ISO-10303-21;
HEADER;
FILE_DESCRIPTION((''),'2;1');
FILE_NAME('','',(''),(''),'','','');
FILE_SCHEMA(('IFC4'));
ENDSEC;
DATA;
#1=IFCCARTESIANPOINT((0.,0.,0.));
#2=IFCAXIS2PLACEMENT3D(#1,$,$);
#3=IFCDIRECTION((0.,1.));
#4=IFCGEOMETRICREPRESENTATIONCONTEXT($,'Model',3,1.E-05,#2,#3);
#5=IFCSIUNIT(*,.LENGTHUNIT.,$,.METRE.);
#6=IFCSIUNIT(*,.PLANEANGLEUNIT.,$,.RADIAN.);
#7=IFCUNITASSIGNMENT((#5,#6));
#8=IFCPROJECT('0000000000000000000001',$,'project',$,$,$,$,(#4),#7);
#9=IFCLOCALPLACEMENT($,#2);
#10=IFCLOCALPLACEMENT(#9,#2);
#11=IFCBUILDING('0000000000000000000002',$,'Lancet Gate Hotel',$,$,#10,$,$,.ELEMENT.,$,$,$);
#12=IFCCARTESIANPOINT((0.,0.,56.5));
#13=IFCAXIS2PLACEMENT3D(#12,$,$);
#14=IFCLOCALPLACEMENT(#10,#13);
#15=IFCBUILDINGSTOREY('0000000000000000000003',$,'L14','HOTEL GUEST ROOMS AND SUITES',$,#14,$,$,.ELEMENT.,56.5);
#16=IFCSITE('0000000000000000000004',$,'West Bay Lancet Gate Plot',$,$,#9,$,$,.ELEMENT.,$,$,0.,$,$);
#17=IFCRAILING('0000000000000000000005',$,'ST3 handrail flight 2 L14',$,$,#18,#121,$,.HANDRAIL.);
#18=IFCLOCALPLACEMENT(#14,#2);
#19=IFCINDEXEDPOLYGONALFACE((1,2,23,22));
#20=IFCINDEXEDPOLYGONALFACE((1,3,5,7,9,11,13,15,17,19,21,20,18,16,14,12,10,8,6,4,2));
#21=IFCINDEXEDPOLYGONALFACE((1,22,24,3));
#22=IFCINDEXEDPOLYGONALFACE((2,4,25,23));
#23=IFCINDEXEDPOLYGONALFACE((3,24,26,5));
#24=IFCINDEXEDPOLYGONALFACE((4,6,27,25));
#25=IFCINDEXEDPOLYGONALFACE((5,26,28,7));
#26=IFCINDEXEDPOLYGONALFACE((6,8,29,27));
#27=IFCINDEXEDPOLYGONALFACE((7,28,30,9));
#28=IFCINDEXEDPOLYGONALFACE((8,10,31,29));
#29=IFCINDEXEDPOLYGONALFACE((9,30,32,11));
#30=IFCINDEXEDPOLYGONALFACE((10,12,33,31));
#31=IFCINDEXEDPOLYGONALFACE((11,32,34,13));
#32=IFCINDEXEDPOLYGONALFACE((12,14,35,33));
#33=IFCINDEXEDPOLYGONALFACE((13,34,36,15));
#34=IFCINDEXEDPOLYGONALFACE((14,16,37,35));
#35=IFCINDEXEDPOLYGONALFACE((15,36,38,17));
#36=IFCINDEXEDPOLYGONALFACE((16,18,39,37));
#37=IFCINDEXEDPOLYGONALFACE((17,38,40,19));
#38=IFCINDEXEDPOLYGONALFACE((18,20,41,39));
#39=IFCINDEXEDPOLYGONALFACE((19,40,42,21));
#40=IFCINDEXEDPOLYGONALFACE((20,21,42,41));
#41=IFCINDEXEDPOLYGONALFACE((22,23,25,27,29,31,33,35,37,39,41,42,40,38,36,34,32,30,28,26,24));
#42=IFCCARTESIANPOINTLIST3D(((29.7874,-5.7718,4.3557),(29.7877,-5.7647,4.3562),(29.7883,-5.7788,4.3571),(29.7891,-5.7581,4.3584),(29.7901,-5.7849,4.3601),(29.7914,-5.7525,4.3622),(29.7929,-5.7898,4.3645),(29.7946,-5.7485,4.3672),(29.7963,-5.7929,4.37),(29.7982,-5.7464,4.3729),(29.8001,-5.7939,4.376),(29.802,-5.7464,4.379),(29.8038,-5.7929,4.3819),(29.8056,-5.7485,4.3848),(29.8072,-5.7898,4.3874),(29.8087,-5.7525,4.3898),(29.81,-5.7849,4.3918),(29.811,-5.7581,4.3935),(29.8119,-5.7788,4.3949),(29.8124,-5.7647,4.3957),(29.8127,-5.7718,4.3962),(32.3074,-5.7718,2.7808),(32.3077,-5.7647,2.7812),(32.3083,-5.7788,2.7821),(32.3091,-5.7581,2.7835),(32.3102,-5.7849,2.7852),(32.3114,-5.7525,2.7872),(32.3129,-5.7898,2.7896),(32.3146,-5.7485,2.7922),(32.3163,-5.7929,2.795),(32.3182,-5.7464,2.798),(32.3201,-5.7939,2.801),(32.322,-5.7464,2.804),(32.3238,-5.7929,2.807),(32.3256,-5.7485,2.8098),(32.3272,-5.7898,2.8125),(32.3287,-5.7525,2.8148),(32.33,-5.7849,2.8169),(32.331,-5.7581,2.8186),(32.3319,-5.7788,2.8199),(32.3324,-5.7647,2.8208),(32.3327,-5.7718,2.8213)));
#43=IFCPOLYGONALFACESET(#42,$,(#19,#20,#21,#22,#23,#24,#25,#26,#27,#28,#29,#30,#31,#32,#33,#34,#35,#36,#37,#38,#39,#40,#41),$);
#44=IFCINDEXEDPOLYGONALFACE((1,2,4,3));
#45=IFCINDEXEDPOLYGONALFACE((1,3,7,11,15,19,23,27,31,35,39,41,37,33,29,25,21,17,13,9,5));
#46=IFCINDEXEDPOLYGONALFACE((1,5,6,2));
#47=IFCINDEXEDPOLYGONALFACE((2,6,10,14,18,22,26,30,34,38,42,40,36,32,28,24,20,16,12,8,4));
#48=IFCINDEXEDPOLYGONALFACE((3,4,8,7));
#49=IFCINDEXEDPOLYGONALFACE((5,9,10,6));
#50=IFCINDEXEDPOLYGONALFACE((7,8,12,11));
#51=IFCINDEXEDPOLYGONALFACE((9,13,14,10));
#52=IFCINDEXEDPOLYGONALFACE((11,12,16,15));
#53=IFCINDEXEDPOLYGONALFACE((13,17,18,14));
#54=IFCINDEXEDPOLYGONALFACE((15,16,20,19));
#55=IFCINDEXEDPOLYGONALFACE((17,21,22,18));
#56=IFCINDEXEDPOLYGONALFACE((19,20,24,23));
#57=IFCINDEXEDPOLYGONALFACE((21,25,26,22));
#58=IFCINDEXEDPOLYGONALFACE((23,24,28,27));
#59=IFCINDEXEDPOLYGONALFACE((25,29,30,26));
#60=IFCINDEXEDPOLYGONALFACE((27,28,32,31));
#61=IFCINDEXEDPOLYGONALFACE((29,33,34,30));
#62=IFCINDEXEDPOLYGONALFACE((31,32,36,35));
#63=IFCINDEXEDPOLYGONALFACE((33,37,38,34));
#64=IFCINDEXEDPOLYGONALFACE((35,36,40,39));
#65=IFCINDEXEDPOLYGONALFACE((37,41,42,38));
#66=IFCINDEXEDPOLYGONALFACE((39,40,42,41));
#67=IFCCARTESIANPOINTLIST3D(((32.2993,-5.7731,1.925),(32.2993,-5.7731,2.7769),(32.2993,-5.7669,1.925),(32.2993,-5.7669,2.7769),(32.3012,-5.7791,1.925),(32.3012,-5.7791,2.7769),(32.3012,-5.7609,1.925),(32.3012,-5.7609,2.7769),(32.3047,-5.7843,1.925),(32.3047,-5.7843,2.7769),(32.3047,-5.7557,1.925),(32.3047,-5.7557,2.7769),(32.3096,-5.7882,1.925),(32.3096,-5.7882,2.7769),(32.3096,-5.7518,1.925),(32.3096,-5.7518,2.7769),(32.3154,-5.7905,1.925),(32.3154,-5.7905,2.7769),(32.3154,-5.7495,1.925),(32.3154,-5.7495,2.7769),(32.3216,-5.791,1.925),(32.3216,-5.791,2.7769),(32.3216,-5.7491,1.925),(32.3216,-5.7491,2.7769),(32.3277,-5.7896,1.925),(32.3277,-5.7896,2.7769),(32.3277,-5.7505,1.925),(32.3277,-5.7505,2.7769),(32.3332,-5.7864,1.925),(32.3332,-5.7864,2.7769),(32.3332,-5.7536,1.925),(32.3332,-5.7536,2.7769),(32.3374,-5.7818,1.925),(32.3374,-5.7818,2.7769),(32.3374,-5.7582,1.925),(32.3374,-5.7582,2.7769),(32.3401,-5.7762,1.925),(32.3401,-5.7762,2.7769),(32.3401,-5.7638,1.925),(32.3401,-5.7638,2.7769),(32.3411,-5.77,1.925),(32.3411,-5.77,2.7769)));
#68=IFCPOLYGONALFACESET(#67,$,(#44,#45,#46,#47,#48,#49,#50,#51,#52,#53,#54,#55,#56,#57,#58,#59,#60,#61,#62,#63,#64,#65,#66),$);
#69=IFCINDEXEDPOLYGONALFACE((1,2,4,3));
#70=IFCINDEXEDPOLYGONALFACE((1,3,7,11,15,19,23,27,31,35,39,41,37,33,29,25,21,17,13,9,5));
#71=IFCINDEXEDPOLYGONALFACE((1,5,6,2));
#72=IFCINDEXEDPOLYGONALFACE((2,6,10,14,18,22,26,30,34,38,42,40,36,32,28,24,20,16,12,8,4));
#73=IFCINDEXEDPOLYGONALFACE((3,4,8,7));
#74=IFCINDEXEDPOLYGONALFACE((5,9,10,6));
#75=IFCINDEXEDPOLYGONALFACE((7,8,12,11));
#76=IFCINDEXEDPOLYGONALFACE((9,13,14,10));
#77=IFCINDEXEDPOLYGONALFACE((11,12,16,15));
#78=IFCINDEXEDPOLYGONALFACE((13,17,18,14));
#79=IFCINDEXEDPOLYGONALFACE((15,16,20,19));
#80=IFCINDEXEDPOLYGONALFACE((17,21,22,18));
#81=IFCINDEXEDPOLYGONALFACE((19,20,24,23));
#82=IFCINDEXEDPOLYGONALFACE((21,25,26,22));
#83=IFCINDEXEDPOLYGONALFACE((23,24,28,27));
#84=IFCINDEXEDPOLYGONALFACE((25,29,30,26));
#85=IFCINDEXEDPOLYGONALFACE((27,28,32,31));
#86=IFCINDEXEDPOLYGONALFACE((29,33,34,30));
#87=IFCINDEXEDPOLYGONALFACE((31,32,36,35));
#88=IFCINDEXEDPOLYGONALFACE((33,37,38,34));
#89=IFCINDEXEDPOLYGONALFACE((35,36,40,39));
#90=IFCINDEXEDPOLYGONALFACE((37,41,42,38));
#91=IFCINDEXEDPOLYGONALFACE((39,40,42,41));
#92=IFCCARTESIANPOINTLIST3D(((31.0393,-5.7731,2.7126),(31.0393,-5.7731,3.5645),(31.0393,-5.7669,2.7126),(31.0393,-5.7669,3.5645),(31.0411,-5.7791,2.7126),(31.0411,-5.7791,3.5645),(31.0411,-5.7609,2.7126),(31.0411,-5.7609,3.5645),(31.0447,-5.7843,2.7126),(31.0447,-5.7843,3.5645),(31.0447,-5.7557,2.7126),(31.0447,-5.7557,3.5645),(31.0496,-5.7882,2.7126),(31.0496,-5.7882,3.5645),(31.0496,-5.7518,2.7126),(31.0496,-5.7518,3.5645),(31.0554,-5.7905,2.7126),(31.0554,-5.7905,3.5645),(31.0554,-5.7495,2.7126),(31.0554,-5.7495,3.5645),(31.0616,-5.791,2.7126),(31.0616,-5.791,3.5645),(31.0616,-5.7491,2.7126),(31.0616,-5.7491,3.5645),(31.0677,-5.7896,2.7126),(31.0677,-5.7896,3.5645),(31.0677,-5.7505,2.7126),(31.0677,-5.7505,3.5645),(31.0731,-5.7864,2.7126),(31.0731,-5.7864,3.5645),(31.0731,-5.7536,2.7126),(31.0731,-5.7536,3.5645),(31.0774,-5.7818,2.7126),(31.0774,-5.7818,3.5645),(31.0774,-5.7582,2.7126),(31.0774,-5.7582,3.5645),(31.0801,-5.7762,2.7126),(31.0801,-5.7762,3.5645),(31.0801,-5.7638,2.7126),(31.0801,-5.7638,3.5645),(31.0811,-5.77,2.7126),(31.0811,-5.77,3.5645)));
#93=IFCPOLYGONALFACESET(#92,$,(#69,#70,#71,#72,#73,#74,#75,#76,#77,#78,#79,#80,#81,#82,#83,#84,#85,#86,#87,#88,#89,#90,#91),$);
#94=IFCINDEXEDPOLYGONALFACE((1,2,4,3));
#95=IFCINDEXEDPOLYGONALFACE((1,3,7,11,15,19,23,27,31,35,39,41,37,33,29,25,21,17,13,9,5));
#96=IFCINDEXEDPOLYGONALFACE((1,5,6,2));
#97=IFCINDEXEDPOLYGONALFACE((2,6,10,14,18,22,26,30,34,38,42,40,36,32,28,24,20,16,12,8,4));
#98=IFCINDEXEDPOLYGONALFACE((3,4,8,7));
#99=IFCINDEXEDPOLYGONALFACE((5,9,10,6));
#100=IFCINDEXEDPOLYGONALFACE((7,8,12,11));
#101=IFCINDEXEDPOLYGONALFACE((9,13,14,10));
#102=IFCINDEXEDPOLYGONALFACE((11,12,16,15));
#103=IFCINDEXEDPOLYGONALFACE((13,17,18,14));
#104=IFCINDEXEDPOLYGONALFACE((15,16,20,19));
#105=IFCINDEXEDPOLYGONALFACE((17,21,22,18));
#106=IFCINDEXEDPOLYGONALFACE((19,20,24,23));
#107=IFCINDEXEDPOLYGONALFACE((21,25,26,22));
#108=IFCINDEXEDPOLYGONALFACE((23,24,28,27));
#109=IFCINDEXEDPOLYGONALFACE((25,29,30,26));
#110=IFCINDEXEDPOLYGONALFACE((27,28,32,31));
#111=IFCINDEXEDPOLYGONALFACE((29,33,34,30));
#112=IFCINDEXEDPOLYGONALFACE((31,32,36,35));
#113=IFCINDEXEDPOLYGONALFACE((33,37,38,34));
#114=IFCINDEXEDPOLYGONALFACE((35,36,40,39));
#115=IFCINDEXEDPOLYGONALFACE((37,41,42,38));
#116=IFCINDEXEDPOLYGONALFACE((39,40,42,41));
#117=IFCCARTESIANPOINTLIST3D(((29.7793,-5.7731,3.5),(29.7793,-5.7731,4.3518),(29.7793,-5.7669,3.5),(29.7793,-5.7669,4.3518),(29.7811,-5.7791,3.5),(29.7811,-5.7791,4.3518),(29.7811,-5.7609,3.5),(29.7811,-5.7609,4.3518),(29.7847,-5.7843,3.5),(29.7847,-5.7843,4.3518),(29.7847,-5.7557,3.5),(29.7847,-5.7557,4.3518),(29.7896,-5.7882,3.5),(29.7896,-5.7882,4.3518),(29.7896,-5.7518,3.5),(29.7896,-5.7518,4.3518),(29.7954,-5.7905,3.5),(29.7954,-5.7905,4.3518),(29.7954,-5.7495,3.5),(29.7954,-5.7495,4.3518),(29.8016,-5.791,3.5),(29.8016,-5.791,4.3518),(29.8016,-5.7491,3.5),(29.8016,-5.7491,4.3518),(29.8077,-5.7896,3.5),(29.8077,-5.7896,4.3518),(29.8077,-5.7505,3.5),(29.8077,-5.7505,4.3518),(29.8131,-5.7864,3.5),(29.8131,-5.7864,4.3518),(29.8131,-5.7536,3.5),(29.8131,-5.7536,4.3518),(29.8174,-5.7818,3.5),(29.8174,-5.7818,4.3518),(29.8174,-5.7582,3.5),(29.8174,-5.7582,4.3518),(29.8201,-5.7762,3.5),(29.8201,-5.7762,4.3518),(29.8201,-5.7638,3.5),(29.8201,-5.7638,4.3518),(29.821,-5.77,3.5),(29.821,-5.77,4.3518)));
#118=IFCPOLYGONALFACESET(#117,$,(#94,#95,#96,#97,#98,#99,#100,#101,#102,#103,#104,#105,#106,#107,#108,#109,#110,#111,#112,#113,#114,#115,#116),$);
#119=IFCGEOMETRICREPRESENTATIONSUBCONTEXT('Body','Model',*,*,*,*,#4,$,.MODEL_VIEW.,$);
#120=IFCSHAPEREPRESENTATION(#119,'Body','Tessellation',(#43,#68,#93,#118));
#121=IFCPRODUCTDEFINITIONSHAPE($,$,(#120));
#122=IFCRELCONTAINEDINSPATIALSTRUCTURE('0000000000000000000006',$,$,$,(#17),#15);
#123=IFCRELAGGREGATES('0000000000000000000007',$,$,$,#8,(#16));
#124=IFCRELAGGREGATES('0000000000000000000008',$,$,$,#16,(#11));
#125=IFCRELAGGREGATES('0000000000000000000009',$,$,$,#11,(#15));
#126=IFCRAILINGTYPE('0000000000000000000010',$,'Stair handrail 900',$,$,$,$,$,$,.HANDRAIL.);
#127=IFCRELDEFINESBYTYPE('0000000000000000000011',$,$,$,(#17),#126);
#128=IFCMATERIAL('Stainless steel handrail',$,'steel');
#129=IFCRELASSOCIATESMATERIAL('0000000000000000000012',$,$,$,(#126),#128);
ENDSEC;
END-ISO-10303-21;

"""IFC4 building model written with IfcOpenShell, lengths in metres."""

from ifc_helpers import new_model, si_unit, direction, frame, origin, origin_2d, place, context, subcontext, project, spatial, circle, extrude, material, type_object, element, save


model = new_model("IFC4")

# Units and contexts
model_context = context("Model", 3, precision=1e-05, world=origin(), true_north=direction((0.0, 1.0)))
body_context = subcontext(model_context, "Body", "Model", "MODEL_VIEW")
ifc_project = project(units=[si_unit("LENGTHUNIT", "METRE"), si_unit("PLANEANGLEUNIT", "RADIAN")], contexts=[model_context])

# Site, building, storey
site_placement = place(None, origin())
site = spatial("IfcSite", under=ifc_project, at=site_placement, Name="West Bay Lancet Gate Plot", CompositionType="ELEMENT", RefElevation=0.0)
building_placement = place(site_placement, origin())
building = spatial("IfcBuilding", under=site, at=building_placement, Name="Lancet Gate Hotel", CompositionType="ELEMENT")
storey_placement = place(building_placement, frame((0.0, 0.0, 56.5)))
storey = spatial("IfcBuildingStorey", under=building, at=storey_placement, Name="L14", Description="HOTEL GUEST ROOMS AND SUITES", CompositionType="ELEMENT", Elevation=56.5)

# Railing
ifc_material_1 = material(Name="Stainless steel handrail", Category="steel")
railing_type = type_object("IfcRailingType", Name="Stair handrail 900", PredefinedType="HANDRAIL", material=ifc_material_1)
railing_1_placement = place(storey_placement, frame((32.3201, -5.77, 1.925)))
element("IfcRailing", 1, at=railing_1_placement, inside=storey, type_object=railing_type, Name="ST3 handrail flight 2 L14", PredefinedType="HANDRAIL", context=body_context, shape_type="SweptSolid", body=[
    extrude(circle(Radius=0.0239, at=origin_2d()), frame((0.0, 0.0, 0.876), z_axis=(-0.848008, 0.0, 0.529984), x_axis=(0.0, -1.0, 0.0)), (0.0, 0.0, 1.0), 2.9717),
    extrude(circle(Radius=0.021, at=origin_2d()), origin(), (0.0, 0.0, 1.0), 0.8518),
    extrude(circle(Radius=0.021, at=origin_2d()), frame((-1.26, 0.0, 0.7876)), (0.0, 0.0, 1.0), 0.8518),
    extrude(circle(Radius=0.021, at=origin_2d()), frame((-2.52, 0.0, 1.575)), (0.0, 0.0, 1.0), 0.8518),
])

save(model, "model.ifc")
